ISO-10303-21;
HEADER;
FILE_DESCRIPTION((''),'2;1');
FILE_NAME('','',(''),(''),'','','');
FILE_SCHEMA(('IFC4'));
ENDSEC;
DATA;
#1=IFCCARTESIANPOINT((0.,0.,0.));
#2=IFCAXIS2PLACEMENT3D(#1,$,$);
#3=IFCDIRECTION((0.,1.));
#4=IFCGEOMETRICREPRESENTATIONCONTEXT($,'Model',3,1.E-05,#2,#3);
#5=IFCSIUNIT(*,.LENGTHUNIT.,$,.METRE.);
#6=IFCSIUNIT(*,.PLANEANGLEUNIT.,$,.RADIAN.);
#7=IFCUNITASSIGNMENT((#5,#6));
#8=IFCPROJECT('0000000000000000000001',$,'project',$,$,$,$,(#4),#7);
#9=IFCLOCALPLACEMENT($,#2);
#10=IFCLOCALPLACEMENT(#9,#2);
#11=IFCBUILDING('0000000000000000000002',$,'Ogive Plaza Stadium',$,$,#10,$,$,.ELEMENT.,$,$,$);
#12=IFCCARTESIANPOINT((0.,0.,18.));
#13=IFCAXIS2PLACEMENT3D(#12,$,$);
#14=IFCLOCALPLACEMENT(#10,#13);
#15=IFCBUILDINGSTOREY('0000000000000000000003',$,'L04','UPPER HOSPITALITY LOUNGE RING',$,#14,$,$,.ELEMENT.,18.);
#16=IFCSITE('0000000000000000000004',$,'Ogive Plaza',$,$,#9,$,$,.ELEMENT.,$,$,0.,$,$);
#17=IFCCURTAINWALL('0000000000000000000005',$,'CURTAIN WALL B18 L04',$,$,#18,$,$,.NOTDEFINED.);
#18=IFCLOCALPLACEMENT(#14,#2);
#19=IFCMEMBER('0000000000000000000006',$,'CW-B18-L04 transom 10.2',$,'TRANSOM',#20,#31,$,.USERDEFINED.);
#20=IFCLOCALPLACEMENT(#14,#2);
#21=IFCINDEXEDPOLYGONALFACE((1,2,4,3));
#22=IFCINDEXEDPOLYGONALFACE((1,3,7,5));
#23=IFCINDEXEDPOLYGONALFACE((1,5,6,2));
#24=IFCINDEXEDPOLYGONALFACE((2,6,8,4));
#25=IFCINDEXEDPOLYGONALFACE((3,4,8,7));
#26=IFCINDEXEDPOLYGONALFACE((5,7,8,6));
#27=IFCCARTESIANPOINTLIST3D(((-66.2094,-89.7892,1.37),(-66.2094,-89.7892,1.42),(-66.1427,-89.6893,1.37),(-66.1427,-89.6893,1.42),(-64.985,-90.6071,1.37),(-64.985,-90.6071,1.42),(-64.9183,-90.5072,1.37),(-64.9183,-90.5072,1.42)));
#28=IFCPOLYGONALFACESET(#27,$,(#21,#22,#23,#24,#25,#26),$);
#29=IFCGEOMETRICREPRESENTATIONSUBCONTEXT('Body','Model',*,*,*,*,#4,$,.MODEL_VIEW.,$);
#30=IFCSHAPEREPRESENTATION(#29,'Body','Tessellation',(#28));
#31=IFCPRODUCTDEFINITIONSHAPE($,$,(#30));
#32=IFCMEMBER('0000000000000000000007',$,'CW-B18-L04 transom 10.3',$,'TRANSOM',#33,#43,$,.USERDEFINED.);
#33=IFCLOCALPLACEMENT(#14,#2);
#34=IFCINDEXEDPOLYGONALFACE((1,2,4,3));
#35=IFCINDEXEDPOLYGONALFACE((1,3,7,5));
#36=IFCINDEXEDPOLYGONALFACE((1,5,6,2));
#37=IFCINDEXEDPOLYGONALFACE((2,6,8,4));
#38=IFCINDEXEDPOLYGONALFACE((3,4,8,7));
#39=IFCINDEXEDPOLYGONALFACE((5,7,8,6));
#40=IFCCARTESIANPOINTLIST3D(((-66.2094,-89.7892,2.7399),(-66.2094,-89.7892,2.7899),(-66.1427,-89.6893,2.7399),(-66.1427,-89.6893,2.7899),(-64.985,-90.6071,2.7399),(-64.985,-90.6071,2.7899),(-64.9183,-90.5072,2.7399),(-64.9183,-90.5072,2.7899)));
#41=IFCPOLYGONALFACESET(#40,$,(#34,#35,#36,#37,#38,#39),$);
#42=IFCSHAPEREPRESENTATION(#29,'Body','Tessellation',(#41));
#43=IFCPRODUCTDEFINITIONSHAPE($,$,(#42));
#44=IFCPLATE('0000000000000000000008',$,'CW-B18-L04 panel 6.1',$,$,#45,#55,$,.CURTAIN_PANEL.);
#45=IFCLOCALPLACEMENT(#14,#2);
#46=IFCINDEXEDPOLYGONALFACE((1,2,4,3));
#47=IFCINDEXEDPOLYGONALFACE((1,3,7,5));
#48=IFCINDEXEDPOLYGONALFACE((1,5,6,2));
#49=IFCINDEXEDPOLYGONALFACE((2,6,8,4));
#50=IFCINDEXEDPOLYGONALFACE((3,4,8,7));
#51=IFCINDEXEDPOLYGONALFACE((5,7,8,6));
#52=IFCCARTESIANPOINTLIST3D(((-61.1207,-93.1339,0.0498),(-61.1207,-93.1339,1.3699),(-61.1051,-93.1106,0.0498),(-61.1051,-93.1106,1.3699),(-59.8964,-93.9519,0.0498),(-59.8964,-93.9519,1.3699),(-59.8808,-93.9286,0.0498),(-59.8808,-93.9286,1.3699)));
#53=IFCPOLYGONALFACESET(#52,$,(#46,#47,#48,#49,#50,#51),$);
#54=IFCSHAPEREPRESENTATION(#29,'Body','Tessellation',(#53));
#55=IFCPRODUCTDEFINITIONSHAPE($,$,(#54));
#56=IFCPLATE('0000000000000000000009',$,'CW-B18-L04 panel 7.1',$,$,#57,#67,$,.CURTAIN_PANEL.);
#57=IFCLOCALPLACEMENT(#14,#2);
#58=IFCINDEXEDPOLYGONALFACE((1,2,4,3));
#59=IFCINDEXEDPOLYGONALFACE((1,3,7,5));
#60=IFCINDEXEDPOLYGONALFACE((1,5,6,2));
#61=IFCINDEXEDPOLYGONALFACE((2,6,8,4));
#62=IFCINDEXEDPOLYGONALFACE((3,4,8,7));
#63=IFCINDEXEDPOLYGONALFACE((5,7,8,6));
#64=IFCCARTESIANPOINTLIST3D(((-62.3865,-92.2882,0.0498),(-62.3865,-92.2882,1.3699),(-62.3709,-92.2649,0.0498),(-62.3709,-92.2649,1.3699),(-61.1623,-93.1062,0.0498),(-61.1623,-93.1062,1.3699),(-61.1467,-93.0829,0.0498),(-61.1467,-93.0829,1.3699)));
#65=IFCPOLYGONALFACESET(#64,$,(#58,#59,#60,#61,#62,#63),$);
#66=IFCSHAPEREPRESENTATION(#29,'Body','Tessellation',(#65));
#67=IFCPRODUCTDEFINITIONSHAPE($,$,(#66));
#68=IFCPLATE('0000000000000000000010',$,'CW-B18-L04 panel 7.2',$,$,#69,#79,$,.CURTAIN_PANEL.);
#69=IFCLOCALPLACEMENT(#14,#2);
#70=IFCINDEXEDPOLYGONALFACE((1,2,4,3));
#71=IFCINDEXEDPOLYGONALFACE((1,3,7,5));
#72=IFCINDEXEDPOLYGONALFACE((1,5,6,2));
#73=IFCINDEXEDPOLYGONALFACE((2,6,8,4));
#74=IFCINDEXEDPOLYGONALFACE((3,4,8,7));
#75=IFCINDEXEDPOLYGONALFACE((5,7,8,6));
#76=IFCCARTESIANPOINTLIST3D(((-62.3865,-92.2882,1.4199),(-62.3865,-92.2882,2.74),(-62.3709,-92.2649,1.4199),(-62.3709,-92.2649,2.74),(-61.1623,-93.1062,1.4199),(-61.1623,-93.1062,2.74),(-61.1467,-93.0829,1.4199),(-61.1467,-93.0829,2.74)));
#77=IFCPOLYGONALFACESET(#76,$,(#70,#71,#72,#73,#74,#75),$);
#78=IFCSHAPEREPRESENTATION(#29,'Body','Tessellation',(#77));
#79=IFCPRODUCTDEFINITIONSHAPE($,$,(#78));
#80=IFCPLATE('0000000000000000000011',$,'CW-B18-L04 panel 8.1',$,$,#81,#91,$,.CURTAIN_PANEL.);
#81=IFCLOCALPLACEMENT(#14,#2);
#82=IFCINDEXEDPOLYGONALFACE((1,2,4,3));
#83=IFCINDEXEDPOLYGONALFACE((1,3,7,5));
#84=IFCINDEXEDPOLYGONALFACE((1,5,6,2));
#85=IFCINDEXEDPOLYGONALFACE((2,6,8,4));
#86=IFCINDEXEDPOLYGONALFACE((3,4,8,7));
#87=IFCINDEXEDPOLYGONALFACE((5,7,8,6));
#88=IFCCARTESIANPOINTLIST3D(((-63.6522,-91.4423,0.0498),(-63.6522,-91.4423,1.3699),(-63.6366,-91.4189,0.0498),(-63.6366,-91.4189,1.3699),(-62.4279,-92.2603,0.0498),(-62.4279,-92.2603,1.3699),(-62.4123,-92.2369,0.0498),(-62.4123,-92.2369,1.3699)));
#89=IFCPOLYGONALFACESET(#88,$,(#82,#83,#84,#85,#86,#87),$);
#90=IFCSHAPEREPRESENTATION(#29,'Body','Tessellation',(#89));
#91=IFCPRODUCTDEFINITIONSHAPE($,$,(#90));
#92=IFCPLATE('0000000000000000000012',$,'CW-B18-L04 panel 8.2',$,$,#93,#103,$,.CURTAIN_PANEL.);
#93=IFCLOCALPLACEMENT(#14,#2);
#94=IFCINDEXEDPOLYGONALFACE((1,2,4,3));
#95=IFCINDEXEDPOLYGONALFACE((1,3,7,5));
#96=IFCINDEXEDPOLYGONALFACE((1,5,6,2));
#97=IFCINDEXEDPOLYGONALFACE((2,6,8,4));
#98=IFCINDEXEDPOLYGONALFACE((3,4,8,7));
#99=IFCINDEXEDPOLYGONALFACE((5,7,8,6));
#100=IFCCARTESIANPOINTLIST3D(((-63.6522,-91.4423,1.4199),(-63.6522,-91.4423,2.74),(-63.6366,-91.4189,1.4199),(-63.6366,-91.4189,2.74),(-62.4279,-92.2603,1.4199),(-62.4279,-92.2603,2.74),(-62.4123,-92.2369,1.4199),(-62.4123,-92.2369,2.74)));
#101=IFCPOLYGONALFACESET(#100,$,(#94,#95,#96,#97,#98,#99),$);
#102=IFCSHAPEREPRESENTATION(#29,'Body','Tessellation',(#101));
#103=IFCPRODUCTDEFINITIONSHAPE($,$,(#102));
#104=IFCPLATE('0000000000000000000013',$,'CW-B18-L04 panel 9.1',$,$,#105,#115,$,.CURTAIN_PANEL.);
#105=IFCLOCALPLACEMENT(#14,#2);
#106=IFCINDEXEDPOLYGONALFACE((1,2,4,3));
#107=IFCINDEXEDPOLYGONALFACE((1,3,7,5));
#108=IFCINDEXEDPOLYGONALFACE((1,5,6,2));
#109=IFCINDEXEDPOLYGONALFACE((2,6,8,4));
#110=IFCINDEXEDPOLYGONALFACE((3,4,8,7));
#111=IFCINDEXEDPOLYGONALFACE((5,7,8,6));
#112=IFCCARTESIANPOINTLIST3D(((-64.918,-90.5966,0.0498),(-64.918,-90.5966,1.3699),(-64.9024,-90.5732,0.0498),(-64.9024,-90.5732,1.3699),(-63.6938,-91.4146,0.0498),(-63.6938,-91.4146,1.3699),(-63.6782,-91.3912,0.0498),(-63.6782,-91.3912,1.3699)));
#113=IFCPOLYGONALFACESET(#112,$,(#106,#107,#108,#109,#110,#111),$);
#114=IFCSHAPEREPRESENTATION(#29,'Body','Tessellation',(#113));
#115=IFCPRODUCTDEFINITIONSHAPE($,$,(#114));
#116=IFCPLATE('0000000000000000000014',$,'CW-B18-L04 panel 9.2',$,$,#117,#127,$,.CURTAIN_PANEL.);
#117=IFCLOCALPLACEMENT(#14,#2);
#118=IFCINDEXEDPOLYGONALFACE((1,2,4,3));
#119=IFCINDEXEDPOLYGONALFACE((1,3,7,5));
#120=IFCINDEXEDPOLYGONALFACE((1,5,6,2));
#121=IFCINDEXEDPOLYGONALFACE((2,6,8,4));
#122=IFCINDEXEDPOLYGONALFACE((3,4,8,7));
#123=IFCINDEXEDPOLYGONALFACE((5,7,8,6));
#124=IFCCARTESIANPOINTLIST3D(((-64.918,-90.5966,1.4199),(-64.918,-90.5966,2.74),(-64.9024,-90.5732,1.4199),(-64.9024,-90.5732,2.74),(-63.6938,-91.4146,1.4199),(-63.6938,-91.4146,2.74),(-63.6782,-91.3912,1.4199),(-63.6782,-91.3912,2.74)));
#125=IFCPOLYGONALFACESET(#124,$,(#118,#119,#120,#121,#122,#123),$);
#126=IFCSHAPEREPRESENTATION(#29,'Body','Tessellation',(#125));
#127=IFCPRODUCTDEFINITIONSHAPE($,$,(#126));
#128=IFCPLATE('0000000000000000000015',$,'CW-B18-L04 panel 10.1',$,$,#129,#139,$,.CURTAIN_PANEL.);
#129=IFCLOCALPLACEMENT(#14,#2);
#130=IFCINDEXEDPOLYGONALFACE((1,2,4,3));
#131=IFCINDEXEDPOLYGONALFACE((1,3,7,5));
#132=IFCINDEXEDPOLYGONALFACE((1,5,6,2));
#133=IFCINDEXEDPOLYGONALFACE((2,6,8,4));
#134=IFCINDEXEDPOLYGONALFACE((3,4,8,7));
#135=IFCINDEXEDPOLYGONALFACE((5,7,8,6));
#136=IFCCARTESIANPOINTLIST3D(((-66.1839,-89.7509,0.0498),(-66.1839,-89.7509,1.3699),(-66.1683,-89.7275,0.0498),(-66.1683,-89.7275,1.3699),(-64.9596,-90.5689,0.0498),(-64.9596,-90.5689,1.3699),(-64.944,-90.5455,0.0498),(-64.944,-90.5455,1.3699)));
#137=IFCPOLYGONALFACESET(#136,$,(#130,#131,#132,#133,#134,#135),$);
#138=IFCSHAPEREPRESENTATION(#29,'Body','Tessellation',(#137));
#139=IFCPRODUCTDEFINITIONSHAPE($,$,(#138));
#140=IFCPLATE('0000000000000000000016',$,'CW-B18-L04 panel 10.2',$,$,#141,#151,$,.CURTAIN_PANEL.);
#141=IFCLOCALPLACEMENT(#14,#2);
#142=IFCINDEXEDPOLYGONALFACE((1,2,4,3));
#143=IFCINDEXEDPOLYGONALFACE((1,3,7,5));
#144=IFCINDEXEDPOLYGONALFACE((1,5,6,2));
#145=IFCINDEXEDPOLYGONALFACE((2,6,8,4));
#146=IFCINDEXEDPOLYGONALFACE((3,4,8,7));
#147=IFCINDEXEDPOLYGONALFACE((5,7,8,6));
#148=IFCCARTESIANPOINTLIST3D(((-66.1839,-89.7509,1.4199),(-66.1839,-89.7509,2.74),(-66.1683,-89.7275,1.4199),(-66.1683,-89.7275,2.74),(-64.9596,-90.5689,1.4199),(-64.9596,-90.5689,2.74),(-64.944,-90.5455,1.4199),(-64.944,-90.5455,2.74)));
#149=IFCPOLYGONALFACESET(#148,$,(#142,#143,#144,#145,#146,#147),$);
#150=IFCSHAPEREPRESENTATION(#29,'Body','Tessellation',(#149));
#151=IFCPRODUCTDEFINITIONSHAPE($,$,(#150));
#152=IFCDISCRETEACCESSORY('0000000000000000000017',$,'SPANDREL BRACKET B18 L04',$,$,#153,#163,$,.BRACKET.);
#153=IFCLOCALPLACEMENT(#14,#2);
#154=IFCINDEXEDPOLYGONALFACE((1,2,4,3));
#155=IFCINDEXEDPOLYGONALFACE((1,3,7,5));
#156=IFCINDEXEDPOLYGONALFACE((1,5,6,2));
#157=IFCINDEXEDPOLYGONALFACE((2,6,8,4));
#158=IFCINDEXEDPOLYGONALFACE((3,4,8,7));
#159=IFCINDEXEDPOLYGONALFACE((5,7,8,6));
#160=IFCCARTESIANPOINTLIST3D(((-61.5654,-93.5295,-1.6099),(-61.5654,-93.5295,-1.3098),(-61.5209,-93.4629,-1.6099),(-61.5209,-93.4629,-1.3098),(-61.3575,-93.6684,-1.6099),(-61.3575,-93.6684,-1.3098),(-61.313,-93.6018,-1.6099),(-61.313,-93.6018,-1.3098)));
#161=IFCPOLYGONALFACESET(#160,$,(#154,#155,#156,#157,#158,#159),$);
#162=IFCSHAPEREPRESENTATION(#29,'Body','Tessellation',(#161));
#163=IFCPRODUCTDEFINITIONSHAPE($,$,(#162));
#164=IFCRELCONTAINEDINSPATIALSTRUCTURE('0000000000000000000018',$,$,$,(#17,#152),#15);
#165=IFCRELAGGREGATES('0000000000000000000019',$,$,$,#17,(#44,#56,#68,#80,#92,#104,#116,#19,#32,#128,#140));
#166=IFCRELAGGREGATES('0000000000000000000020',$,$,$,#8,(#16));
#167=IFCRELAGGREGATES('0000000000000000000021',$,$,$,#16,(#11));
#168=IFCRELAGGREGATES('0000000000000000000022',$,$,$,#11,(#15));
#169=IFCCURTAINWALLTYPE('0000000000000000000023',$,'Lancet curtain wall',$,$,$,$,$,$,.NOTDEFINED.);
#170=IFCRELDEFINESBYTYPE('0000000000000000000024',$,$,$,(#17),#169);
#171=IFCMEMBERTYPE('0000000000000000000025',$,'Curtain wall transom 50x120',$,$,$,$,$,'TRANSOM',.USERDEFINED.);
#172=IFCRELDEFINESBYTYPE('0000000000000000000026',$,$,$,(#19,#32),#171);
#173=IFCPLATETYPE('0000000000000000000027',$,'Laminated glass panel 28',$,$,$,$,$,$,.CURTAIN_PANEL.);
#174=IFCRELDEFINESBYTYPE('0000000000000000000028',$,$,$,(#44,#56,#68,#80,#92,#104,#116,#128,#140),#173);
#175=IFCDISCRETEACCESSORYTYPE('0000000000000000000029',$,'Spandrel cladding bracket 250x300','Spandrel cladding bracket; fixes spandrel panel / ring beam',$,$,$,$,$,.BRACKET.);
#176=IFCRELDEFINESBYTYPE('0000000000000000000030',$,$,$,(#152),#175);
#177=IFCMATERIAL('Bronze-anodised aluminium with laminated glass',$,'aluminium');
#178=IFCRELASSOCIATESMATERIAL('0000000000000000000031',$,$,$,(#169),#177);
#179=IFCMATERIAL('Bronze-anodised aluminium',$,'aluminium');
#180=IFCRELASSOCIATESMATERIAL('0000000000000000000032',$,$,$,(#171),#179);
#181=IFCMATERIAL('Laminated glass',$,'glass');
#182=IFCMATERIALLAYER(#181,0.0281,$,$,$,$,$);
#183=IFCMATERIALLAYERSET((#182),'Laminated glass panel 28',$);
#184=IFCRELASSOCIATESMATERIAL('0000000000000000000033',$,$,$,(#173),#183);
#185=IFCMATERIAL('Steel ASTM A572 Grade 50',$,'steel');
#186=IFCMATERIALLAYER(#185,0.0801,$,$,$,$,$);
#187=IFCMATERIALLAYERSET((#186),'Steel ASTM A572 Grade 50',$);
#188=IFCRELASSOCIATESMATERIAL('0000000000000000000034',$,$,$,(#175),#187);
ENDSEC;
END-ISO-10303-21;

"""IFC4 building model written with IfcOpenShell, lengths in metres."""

from ifc_helpers import new_model, si_unit, direction, frame, origin, origin_2d, place, context, subcontext, project, spatial, rectangle, extrude, material, layer, layer_set, material_profile, profile_set, type_object, element, aggregate, save


model = new_model("IFC4")

# Units and contexts
model_context = context("Model", 3, precision=1e-05, world=origin(), true_north=direction((0.0, 1.0)))
body_context = subcontext(model_context, "Body", "Model", "MODEL_VIEW")
ifc_project = project(units=[si_unit("LENGTHUNIT", "METRE"), si_unit("PLANEANGLEUNIT", "RADIAN")], contexts=[model_context])

# Site, building, storey
site_placement = place(None, origin())
site = spatial("IfcSite", under=ifc_project, at=site_placement, Name="Ogive Plaza", CompositionType="ELEMENT", RefElevation=0.0)
building_placement = place(site_placement, origin())
building = spatial("IfcBuilding", under=site, at=building_placement, Name="Ogive Plaza Stadium", CompositionType="ELEMENT")
storey_placement = place(building_placement, frame((0.0, 0.0, 18.0)))
storey = spatial("IfcBuildingStorey", under=building, at=storey_placement, Name="L04", Description="UPPER HOSPITALITY LOUNGE RING", CompositionType="ELEMENT", Elevation=18.0)

# Curtain wall, members, plates
ifc_material_1 = material(Name="Bronze-anodised aluminium with laminated glass", Category="aluminium")
curtain_wall_type = type_object("IfcCurtainWallType", Name="Lancet curtain wall", PredefinedType="NOTDEFINED", material=ifc_material_1)
curtain_wall_placement = place(storey_placement, origin())
curtain_wall = element("IfcCurtainWall", 1, at=curtain_wall_placement, inside=storey, type_object=curtain_wall_type, Name="CURTAIN WALL B18 L04", PredefinedType="NOTDEFINED")
ifc_material_2 = material(Name="Bronze-anodised aluminium", Category="aluminium")
ifc_material_profile_1 = material_profile(ifc_material_2, rectangle(XDim=0.1201, YDim=0.05, at=origin_2d()), Name="AL 120x50")
ifc_profile_set_1 = profile_set([ifc_material_profile_1], Name="Bronze-anodised aluminium")
member_type_1 = type_object("IfcMemberType", Name="Curtain wall transom 50x120", ElementType="TRANSOM", PredefinedType="USERDEFINED", material=ifc_profile_set_1)
member_1_placement = place(storey_placement, frame((-64.9517, -90.5571, 1.395), z_axis=(-0.83154, 0.555465, 0.0), x_axis=(-0.555465, -0.83154, 0.0)))
member_1 = element("IfcMember", 2, at=member_1_placement, type_object=member_type_1, Name="CW-B18-L04 transom 10.2", ObjectType="TRANSOM", PredefinedType="USERDEFINED", context=body_context, shape_type="SweptSolid", body=[
    extrude(rectangle(XDim=0.1201, YDim=0.05, at=origin_2d()), origin(), (0.0, 0.0, 1.0), 1.4724),
])
member_2_placement = place(storey_placement, frame((-64.9517, -90.5571, 2.7649), z_axis=(-0.83154, 0.555465, 0.0), x_axis=(-0.555465, -0.83154, 0.0)))
member_2 = element("IfcMember", 3, at=member_2_placement, type_object=member_type_1, Name="CW-B18-L04 transom 10.3", ObjectType="TRANSOM", PredefinedType="USERDEFINED", context=body_context, shape_type="SweptSolid", body=[
    extrude(rectangle(XDim=0.1201, YDim=0.05, at=origin_2d()), origin(), (0.0, 0.0, 1.0), 1.4724),
])
ifc_material_3 = material(Name="Laminated glass", Category="glass")
ifc_layer_1 = layer(ifc_material_3, 0.0281)
ifc_layer_set_1 = layer_set([ifc_layer_1], Name="Laminated glass panel 28")
plate_type = type_object("IfcPlateType", Name="Laminated glass panel 28", PredefinedType="CURTAIN_PANEL", material=ifc_layer_set_1)
plate_1_placement = place(storey_placement, frame((-60.5007, -93.5312, 0.0498), z_axis=(0.0, 0.0, 1.0), x_axis=(-0.83147, 0.55557, 0.0)))
plate_1 = element("IfcPlate", 4, at=plate_1_placement, type_object=plate_type, Name="CW-B18-L04 panel 6.1", PredefinedType="CURTAIN_PANEL", context=body_context, shape_type="SweptSolid", body=[
    extrude(rectangle(XDim=1.4724, YDim=0.0281, at=origin_2d()), origin(), (0.0, 0.0, 1.0), 1.3201),
])
plate_2_placement = place(storey_placement, frame((-61.7666, -92.6855, 0.0498), z_axis=(0.0, 0.0, 1.0), x_axis=(-0.83147, 0.55557, 0.0)))
plate_2 = element("IfcPlate", 5, at=plate_2_placement, type_object=plate_type, Name="CW-B18-L04 panel 7.1", PredefinedType="CURTAIN_PANEL", context=body_context, shape_type="SweptSolid", body=[
    extrude(rectangle(XDim=1.4724, YDim=0.0281, at=origin_2d()), origin(), (0.0, 0.0, 1.0), 1.3201),
])
plate_3_placement = place(storey_placement, frame((-61.7666, -92.6855, 1.4199), z_axis=(0.0, 0.0, 1.0), x_axis=(-0.83147, 0.55557, 0.0)))
plate_3 = element("IfcPlate", 6, at=plate_3_placement, type_object=plate_type, Name="CW-B18-L04 panel 7.2", PredefinedType="CURTAIN_PANEL", context=body_context, shape_type="SweptSolid", body=[
    extrude(rectangle(XDim=1.4724, YDim=0.0281, at=origin_2d()), origin(), (0.0, 0.0, 1.0), 1.3201),
])
plate_4_placement = place(storey_placement, frame((-63.0322, -91.8396, 0.0498), z_axis=(0.0, 0.0, 1.0), x_axis=(-0.83147, 0.55557, 0.0)))
plate_4 = element("IfcPlate", 7, at=plate_4_placement, type_object=plate_type, Name="CW-B18-L04 panel 8.1", PredefinedType="CURTAIN_PANEL", context=body_context, shape_type="SweptSolid", body=[
    extrude(rectangle(XDim=1.4724, YDim=0.0281, at=origin_2d()), origin(), (0.0, 0.0, 1.0), 1.3201),
])
plate_5_placement = place(storey_placement, frame((-63.0322, -91.8396, 1.4199), z_axis=(0.0, 0.0, 1.0), x_axis=(-0.83147, 0.55557, 0.0)))
plate_5 = element("IfcPlate", 8, at=plate_5_placement, type_object=plate_type, Name="CW-B18-L04 panel 8.2", PredefinedType="CURTAIN_PANEL", context=body_context, shape_type="SweptSolid", body=[
    extrude(rectangle(XDim=1.4724, YDim=0.0281, at=origin_2d()), origin(), (0.0, 0.0, 1.0), 1.3201),
])
plate_6_placement = place(storey_placement, frame((-64.2981, -90.9939, 0.0498), z_axis=(0.0, 0.0, 1.0), x_axis=(-0.83147, 0.55557, 0.0)))
plate_6 = element("IfcPlate", 9, at=plate_6_placement, type_object=plate_type, Name="CW-B18-L04 panel 9.1", PredefinedType="CURTAIN_PANEL", context=body_context, shape_type="SweptSolid", body=[
    extrude(rectangle(XDim=1.4724, YDim=0.0281, at=origin_2d()), origin(), (0.0, 0.0, 1.0), 1.3201),
])
plate_7_placement = place(storey_placement, frame((-64.2981, -90.9939, 1.4199), z_axis=(0.0, 0.0, 1.0), x_axis=(-0.83147, 0.55557, 0.0)))
plate_7 = element("IfcPlate", 10, at=plate_7_placement, type_object=plate_type, Name="CW-B18-L04 panel 9.2", PredefinedType="CURTAIN_PANEL", context=body_context, shape_type="SweptSolid", body=[
    extrude(rectangle(XDim=1.4724, YDim=0.0281, at=origin_2d()), origin(), (0.0, 0.0, 1.0), 1.3201),
])
plate_8_placement = place(storey_placement, frame((-65.564, -90.1482, 0.0498), z_axis=(0.0, 0.0, 1.0), x_axis=(-0.83147, 0.55557, 0.0)))
plate_8 = element("IfcPlate", 11, at=plate_8_placement, type_object=plate_type, Name="CW-B18-L04 panel 10.1", PredefinedType="CURTAIN_PANEL", context=body_context, shape_type="SweptSolid", body=[
    extrude(rectangle(XDim=1.4724, YDim=0.0281, at=origin_2d()), origin(), (0.0, 0.0, 1.0), 1.3201),
])
plate_9_placement = place(storey_placement, frame((-65.564, -90.1482, 1.4199), z_axis=(0.0, 0.0, 1.0), x_axis=(-0.83147, 0.55557, 0.0)))
plate_9 = element("IfcPlate", 12, at=plate_9_placement, type_object=plate_type, Name="CW-B18-L04 panel 10.2", PredefinedType="CURTAIN_PANEL", context=body_context, shape_type="SweptSolid", body=[
    extrude(rectangle(XDim=1.4724, YDim=0.0281, at=origin_2d()), origin(), (0.0, 0.0, 1.0), 1.3201),
])
aggregate(curtain_wall, [plate_1, plate_2, plate_3, plate_4, plate_5, plate_6, plate_7, member_1, member_2, plate_8, plate_9])

# Discrete accessory
ifc_material_4 = material(Name="Steel ASTM A572 Grade 50", Category="steel")
ifc_layer_2 = layer(ifc_material_4, 0.0801)
ifc_layer_set_2 = layer_set([ifc_layer_2], Name="Steel ASTM A572 Grade 50")
discrete_accessory_type = type_object("IfcDiscreteAccessoryType", Name="Spandrel cladding bracket 250x300", Description="Spandrel cladding bracket; fixes spandrel panel / ring beam", PredefinedType="BRACKET", material=ifc_layer_set_2)
discrete_accessory_placement = place(storey_placement, frame((-61.4392, -93.5657, -1.6099), z_axis=(0.0, 0.0, 1.0), x_axis=(-0.83147, 0.55557, 0.0)))
element("IfcDiscreteAccessory", 13, at=discrete_accessory_placement, inside=storey, type_object=discrete_accessory_type, Name="SPANDREL BRACKET B18 L04", PredefinedType="BRACKET", context=body_context, shape_type="SweptSolid", body=[
    extrude(rectangle(XDim=0.25, YDim=0.0801, at=origin_2d()), origin(), (0.0, 0.0, 1.0), 0.3),
])

save(model, "model.ifc")
